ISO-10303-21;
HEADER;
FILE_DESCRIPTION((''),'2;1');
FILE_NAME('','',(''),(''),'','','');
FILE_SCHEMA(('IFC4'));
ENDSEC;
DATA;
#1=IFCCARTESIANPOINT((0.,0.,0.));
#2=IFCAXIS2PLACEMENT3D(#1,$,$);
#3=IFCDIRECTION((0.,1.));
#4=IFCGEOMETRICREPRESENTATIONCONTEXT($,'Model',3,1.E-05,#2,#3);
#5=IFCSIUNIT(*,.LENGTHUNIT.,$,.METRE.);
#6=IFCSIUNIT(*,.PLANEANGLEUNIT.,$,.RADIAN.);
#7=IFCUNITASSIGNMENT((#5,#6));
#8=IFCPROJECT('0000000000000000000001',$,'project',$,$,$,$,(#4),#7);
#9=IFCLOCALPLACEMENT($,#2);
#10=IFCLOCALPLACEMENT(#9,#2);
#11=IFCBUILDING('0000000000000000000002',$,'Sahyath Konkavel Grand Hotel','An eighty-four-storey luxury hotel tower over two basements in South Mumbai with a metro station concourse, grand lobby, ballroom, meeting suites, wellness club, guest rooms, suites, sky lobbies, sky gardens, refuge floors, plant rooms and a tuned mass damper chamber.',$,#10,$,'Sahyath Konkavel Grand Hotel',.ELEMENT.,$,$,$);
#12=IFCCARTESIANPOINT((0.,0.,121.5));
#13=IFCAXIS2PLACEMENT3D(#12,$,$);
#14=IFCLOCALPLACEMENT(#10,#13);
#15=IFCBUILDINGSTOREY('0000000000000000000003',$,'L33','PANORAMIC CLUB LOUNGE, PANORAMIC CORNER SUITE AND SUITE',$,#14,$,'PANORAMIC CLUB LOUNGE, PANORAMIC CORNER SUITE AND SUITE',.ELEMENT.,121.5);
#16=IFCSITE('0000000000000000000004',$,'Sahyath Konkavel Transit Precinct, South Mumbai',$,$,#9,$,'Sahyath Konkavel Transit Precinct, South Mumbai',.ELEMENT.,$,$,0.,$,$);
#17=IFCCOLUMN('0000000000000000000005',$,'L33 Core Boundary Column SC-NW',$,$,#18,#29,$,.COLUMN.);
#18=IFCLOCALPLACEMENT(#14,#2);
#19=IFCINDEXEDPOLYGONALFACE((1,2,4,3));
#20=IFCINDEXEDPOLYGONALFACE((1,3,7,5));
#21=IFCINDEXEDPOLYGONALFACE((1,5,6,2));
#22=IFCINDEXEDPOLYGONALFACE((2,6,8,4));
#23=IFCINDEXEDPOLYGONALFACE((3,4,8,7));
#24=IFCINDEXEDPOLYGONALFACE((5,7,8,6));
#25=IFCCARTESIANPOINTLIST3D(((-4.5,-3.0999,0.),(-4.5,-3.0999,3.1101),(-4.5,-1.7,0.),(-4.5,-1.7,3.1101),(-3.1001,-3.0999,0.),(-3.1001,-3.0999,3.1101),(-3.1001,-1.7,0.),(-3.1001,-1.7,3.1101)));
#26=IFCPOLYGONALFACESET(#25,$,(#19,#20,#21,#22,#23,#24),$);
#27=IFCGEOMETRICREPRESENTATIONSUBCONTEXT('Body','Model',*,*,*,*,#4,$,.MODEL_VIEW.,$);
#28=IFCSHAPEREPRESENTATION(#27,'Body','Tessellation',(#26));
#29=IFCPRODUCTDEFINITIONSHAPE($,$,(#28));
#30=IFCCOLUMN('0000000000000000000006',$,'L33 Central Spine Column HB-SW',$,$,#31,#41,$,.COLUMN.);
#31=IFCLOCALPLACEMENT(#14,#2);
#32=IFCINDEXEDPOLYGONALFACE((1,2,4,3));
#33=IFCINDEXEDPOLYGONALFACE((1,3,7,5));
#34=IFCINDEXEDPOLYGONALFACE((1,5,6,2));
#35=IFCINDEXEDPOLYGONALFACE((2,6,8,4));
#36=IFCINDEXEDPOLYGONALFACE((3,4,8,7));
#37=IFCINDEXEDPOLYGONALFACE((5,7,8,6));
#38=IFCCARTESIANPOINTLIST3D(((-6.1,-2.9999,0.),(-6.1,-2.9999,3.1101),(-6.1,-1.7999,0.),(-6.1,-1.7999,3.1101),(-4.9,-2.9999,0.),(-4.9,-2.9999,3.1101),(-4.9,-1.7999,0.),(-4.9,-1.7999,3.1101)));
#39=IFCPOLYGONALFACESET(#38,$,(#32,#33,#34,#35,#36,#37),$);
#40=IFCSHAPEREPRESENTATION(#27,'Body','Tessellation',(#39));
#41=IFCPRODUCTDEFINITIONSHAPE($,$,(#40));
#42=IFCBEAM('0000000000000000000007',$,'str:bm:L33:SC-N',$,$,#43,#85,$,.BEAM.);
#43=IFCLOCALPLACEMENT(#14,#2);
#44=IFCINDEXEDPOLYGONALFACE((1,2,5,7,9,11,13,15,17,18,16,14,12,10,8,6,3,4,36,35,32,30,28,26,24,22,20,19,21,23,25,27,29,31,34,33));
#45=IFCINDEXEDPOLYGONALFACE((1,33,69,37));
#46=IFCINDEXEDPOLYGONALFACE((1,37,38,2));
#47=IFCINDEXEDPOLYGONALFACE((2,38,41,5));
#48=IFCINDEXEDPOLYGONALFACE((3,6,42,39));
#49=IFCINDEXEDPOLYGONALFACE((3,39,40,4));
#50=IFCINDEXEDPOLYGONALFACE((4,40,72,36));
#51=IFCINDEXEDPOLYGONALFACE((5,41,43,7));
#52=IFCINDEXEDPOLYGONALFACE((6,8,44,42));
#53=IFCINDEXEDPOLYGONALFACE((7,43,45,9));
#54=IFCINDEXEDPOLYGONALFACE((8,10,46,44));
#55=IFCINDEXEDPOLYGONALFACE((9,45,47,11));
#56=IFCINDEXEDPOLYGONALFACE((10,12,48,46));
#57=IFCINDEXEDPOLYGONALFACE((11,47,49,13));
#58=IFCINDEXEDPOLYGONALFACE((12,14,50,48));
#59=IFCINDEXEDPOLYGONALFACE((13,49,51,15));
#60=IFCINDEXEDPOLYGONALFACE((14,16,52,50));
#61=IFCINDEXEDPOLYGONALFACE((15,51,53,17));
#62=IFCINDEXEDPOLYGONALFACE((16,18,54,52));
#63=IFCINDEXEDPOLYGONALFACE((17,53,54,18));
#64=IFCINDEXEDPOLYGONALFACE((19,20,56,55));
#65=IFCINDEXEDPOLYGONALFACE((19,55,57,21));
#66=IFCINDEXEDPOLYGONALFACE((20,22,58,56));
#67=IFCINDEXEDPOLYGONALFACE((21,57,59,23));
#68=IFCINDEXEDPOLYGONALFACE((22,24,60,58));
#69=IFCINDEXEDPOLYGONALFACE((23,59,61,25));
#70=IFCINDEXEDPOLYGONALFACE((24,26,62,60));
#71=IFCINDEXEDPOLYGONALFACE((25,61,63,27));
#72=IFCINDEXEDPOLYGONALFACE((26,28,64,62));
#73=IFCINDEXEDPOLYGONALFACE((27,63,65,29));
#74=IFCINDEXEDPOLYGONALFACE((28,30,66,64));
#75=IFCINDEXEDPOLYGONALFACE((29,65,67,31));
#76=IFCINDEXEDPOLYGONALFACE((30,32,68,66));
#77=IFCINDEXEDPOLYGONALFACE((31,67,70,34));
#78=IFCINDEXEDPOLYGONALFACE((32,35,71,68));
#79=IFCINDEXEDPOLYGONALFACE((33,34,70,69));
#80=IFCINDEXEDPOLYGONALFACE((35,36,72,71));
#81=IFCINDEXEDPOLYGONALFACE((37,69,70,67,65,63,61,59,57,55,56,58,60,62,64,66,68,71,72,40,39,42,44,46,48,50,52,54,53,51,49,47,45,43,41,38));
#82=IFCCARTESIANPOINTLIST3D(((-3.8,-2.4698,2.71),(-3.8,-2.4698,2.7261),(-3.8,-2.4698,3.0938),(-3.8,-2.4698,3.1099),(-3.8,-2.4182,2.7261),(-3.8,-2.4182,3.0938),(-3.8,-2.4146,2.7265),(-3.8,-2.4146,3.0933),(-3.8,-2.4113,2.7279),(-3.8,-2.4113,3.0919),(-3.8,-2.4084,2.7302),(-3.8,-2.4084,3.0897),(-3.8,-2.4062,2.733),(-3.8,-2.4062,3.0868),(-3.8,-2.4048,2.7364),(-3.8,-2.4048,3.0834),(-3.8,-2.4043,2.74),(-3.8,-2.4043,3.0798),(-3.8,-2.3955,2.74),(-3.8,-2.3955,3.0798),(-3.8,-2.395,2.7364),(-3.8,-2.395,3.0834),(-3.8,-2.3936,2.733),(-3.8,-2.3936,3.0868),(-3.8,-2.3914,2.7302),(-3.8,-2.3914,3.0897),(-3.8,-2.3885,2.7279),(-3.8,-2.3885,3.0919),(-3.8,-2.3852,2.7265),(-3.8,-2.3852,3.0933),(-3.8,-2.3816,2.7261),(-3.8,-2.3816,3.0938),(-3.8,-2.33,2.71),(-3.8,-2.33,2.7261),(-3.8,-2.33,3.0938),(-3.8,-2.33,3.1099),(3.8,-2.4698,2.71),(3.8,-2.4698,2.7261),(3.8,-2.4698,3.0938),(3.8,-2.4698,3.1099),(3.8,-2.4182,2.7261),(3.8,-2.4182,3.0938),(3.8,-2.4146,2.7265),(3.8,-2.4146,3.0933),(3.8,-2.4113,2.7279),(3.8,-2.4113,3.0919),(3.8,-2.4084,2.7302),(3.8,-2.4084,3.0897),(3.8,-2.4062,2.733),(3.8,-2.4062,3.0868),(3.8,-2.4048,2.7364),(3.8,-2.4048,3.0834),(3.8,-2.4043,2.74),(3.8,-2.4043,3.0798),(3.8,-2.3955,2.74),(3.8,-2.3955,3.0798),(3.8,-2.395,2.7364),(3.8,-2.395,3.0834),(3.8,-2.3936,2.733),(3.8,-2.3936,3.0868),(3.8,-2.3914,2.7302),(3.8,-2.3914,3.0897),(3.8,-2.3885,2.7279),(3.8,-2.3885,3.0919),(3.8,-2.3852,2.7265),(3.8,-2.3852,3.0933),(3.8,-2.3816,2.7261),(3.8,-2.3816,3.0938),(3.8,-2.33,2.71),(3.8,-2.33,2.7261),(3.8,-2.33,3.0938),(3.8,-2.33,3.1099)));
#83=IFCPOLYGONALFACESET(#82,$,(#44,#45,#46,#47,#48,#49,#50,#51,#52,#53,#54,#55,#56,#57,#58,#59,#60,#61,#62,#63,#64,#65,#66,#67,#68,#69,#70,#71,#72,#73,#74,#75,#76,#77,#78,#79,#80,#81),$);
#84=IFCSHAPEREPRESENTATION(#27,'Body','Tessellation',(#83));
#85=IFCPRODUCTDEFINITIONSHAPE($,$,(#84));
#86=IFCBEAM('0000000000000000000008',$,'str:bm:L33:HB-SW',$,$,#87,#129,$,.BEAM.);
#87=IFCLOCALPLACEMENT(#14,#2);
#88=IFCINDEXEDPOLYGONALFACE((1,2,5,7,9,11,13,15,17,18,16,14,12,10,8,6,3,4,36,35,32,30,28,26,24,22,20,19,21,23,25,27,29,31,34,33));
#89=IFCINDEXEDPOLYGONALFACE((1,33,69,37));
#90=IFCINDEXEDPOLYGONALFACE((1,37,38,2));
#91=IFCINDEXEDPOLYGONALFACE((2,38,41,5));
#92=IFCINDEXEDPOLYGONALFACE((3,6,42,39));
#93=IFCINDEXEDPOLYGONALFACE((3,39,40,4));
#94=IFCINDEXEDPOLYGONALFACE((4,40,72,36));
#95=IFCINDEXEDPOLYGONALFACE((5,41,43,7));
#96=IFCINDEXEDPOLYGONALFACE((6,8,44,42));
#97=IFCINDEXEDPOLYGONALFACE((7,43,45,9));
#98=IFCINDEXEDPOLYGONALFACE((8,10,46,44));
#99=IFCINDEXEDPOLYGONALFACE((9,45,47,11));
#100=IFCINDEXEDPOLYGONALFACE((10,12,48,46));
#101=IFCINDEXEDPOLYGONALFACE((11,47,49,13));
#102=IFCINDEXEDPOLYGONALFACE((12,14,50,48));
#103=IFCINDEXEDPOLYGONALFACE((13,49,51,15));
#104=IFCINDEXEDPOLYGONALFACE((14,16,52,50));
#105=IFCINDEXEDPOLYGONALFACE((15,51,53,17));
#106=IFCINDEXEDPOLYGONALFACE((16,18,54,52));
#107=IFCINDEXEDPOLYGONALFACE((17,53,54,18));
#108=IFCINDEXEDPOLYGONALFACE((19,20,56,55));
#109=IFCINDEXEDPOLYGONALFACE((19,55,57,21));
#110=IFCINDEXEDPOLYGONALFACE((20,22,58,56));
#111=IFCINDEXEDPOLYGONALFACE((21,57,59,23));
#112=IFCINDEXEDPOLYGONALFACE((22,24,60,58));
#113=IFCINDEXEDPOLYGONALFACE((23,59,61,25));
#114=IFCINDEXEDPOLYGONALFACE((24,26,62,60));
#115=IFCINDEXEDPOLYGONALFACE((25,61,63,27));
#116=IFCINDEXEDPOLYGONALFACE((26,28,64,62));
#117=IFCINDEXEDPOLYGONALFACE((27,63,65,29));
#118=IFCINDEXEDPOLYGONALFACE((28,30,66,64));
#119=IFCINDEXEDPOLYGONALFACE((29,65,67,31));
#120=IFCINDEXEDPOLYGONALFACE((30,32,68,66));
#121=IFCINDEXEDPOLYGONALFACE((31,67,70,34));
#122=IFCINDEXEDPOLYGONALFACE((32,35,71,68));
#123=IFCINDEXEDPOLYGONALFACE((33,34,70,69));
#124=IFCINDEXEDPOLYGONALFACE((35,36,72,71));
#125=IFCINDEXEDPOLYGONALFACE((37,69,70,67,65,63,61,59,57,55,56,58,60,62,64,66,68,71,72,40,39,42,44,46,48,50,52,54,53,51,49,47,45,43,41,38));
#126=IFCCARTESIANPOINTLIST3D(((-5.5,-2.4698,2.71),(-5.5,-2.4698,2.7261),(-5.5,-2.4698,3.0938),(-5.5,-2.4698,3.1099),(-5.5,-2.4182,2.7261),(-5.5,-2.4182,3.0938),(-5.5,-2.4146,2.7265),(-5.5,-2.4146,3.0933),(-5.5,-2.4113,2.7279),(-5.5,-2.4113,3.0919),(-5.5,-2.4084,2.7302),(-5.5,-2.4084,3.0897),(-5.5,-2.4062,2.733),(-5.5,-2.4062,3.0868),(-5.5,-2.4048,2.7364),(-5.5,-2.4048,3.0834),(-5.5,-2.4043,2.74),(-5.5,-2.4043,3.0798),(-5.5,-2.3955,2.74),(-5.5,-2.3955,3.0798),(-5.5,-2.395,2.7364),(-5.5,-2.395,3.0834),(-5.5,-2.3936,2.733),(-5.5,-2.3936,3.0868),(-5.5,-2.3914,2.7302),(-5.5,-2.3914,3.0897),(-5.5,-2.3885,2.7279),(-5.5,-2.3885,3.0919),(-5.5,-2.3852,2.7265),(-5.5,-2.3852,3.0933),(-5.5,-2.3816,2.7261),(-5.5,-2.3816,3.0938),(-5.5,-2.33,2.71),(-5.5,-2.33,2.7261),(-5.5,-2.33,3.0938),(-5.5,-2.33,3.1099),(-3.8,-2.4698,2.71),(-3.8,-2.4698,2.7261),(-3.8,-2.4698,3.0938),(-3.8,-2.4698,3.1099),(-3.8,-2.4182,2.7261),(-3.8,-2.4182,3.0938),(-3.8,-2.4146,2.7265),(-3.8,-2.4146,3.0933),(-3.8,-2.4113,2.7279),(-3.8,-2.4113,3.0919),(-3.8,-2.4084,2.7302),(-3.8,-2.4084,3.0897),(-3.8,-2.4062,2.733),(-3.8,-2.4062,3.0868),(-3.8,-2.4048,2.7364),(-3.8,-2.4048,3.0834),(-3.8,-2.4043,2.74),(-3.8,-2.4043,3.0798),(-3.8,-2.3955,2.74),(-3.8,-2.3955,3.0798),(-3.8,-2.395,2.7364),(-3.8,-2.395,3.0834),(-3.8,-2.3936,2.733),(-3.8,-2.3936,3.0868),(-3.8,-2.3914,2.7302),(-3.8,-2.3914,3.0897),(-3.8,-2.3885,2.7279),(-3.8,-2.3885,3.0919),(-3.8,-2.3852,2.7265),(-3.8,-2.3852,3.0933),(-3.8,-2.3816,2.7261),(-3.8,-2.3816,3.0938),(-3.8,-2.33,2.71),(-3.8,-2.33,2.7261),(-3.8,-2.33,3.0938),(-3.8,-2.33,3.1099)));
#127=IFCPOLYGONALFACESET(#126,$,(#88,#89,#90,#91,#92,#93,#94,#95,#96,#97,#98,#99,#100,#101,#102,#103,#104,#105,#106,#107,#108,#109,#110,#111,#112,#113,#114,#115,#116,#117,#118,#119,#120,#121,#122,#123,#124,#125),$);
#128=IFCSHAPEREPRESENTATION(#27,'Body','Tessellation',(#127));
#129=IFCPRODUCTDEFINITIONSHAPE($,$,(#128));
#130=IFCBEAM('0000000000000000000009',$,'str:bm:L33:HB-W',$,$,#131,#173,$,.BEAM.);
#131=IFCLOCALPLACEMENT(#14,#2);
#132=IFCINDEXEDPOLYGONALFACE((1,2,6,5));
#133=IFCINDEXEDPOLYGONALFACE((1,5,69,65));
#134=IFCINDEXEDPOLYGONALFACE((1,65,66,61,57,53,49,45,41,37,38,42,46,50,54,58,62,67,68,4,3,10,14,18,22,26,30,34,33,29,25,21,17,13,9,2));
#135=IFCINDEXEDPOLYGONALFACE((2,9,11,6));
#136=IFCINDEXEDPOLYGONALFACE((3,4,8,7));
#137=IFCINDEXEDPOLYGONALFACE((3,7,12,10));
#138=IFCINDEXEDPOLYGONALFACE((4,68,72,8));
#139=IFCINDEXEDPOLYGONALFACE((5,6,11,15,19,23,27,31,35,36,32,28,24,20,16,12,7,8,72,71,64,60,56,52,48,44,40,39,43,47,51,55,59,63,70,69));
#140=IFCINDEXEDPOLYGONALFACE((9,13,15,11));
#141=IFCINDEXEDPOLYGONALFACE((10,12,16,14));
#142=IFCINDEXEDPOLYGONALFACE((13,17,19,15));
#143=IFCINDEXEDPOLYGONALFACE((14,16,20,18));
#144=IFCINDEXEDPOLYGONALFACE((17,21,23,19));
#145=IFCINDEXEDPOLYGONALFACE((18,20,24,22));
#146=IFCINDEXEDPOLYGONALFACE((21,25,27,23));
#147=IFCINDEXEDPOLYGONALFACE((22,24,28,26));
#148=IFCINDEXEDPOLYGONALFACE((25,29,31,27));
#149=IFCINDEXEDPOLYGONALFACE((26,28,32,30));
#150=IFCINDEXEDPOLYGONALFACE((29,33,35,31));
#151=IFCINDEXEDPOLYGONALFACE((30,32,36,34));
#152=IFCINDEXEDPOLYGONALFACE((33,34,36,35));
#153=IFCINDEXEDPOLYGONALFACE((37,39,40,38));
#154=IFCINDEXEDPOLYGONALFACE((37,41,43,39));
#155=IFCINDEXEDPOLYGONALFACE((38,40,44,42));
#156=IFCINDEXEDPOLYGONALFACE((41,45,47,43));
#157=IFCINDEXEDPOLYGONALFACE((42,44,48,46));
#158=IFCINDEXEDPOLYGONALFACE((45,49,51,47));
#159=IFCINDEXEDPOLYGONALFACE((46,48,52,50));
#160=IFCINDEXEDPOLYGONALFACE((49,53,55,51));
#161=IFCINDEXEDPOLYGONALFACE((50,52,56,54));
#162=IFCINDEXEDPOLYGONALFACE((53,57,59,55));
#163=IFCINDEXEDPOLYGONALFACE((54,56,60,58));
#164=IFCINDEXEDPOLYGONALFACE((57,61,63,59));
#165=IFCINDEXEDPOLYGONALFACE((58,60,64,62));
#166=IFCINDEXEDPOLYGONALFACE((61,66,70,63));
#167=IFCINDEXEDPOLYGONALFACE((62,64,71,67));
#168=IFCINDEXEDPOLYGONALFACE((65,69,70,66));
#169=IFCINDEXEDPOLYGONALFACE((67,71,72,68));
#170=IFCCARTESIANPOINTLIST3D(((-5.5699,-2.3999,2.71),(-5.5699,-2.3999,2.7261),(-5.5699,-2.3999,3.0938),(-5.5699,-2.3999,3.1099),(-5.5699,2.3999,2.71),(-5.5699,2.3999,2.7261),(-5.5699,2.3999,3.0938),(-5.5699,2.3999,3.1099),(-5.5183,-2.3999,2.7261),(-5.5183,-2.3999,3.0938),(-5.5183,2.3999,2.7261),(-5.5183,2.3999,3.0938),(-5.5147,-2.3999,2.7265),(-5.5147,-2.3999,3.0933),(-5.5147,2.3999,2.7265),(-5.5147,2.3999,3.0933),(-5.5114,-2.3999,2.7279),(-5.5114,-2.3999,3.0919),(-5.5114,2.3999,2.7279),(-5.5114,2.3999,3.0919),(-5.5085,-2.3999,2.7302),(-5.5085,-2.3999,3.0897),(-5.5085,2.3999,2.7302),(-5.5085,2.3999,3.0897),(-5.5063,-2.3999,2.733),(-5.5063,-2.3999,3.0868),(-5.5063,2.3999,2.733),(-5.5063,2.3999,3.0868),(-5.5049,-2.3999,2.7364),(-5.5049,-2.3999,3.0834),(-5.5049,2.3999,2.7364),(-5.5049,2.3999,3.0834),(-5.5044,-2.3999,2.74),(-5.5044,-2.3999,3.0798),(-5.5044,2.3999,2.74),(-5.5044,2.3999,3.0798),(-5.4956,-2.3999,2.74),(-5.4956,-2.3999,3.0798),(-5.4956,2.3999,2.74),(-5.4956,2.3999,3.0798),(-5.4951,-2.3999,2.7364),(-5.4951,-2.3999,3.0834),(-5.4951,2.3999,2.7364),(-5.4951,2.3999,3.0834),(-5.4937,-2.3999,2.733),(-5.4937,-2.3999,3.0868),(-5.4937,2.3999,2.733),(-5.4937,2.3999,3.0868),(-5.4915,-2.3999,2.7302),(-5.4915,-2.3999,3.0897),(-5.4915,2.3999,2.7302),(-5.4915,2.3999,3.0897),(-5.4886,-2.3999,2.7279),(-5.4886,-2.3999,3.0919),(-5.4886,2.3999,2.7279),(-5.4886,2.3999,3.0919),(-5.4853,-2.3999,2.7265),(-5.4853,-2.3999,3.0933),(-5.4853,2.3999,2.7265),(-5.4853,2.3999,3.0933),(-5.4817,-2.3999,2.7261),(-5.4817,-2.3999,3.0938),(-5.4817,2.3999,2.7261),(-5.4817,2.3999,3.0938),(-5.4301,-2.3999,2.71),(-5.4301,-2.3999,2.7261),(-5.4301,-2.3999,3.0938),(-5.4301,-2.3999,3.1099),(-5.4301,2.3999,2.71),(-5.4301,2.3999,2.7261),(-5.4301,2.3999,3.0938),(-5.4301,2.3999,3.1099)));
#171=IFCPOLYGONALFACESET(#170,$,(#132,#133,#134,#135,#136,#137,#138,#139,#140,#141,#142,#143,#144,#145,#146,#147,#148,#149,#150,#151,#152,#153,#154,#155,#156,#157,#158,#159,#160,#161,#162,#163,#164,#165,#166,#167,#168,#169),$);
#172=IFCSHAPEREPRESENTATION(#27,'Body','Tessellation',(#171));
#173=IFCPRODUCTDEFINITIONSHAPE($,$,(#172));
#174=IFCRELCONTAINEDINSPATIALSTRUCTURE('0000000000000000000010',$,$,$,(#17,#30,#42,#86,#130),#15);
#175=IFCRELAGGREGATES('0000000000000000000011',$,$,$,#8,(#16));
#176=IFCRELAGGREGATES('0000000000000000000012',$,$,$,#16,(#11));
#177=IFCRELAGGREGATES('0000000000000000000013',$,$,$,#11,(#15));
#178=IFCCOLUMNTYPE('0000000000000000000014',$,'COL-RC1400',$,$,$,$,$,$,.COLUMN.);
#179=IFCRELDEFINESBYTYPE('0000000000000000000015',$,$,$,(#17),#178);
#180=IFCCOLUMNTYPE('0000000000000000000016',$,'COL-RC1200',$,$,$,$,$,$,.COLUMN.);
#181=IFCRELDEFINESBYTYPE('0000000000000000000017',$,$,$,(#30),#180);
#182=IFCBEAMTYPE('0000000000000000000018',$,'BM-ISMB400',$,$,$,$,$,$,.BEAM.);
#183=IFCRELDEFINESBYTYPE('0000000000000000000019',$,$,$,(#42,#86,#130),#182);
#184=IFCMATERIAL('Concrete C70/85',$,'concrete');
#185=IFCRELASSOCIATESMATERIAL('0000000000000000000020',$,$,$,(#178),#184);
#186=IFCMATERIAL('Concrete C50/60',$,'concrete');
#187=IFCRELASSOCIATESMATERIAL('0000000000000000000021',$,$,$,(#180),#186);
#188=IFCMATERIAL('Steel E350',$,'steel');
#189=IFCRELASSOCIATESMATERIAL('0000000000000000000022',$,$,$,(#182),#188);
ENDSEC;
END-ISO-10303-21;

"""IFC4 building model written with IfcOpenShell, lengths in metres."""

from ifc_helpers import new_model, si_unit, direction, frame, origin, origin_2d, place, context, subcontext, project, spatial, rectangle, i_section, extrude, source, transform, mapped, material, material_profile, profile_set, type_object, element, save


model = new_model("IFC4")

# Units and contexts
model_context = context("Model", 3, precision=1e-05, world=origin(), true_north=direction((0.0, 1.0)))
body_context = subcontext(model_context, "Body", "Model", "MODEL_VIEW")
ifc_project = project(units=[si_unit("LENGTHUNIT", "METRE"), si_unit("PLANEANGLEUNIT", "RADIAN")], contexts=[model_context])

# Site, building, storey
site_placement = place(None, origin())
site = spatial("IfcSite", under=ifc_project, at=site_placement, Name="Sahyath Konkavel Transit Precinct, South Mumbai", LongName="Sahyath Konkavel Transit Precinct, South Mumbai", CompositionType="ELEMENT", RefElevation=0.0)
building_placement = place(site_placement, origin())
building = spatial("IfcBuilding", under=site, at=building_placement, Name="Sahyath Konkavel Grand Hotel", Description="An eighty-four-storey luxury hotel tower over two basements in South Mumbai with a metro station concourse, grand lobby, ballroom, meeting suites, wellness club, guest rooms, suites, sky lobbies, sky gardens, refuge floors, plant rooms and a tuned mass damper chamber.", LongName="Sahyath Konkavel Grand Hotel", CompositionType="ELEMENT")
storey_placement = place(building_placement, frame((0.0, 0.0, 121.5)))
storey = spatial("IfcBuildingStorey", under=building, at=storey_placement, Name="L33", Description="PANORAMIC CLUB LOUNGE, PANORAMIC CORNER SUITE AND SUITE", LongName="PANORAMIC CLUB LOUNGE, PANORAMIC CORNER SUITE AND SUITE", CompositionType="ELEMENT", Elevation=121.5)

# Columns
ifc_material_1 = material(Name="Concrete C70/85", Category="concrete")
ifc_material_profile_1 = material_profile(ifc_material_1, rectangle(XDim=1.3999, YDim=1.3999, at=origin_2d()), Name="RC 1400x1400")
ifc_profile_set_1 = profile_set([ifc_material_profile_1], Name="Concrete C70/85")
column_type_1 = type_object("IfcColumnType", Name="COL-RC1400", PredefinedType="COLUMN", material=ifc_profile_set_1)
shared_shape_1 = source(origin(), body_context, "Body", "SweptSolid", [
    extrude(rectangle(XDim=1.3999, YDim=1.3999, at=origin_2d()), origin(), (0.0, 0.0, 1.0), 3.1101),
])
column_1_placement = place(storey_placement, frame((-3.8, -2.3999, 0.0), z_axis=(0.0, 0.0, 1.0), x_axis=(1.0, 0.0, 0.0)))
element("IfcColumn", 1, at=column_1_placement, inside=storey, type_object=column_type_1, Name="L33 Core Boundary Column SC-NW", PredefinedType="COLUMN", context=body_context, shape_type="MappedRepresentation", body=[
    mapped(shared_shape_1, transform((0.0, 0.0, 0.0), scale=1.0)),
])
ifc_material_2 = material(Name="Concrete C50/60", Category="concrete")
ifc_material_profile_2 = material_profile(ifc_material_2, rectangle(XDim=1.2, YDim=1.2, at=origin_2d()), Name="RC 1200x1200")
ifc_profile_set_2 = profile_set([ifc_material_profile_2], Name="Concrete C50/60")
column_type_2 = type_object("IfcColumnType", Name="COL-RC1200", PredefinedType="COLUMN", material=ifc_profile_set_2)
shared_shape_2 = source(origin(), body_context, "Body", "SweptSolid", [
    extrude(rectangle(XDim=1.2, YDim=1.2, at=origin_2d()), origin(), (0.0, 0.0, 1.0), 3.1101),
])
column_2_placement = place(storey_placement, frame((-5.5, -2.3999, 0.0), z_axis=(0.0, 0.0, 1.0), x_axis=(1.0, 0.0, 0.0)))
element("IfcColumn", 2, at=column_2_placement, inside=storey, type_object=column_type_2, Name="L33 Central Spine Column HB-SW", PredefinedType="COLUMN", context=body_context, shape_type="MappedRepresentation", body=[
    mapped(shared_shape_2, transform((0.0, 0.0, 0.0), scale=1.0)),
])

# Beams
ifc_material_3 = material(Name="Steel E350", Category="steel")
ifc_material_profile_3 = material_profile(ifc_material_3, i_section(OverallWidth=0.1399, OverallDepth=0.3999, WebThickness=0.0088, FlangeThickness=0.0161, FilletRadius=0.0139, at=origin_2d()), Name="ISMB 400")
ifc_profile_set_3 = profile_set([ifc_material_profile_3], Name="Steel E350")
beam_type_1 = type_object("IfcBeamType", Name="BM-ISMB400", PredefinedType="BEAM", material=ifc_profile_set_3)
shared_shape_3 = source(origin(), body_context, "Body", "SweptSolid", [
    extrude(i_section(OverallWidth=0.1399, OverallDepth=0.3999, WebThickness=0.0088, FlangeThickness=0.0161, FilletRadius=0.0139, at=origin_2d()), origin(), (0.0, 0.0, 1.0), 7.6001),
])
beam_1_placement = place(storey_placement, frame((-3.8, -2.3999, 2.9099), z_axis=(1.0, 0.0, 0.0), x_axis=(0.0, 1.0, 0.0)))
element("IfcBeam", 3, at=beam_1_placement, inside=storey, type_object=beam_type_1, Name="str:bm:L33:SC-N", PredefinedType="BEAM", context=body_context, shape_type="MappedRepresentation", body=[
    mapped(shared_shape_3, transform((0.0, 0.0, 0.0), scale=1.0)),
])
shared_shape_4 = source(origin(), body_context, "Body", "SweptSolid", [
    extrude(i_section(OverallWidth=0.1399, OverallDepth=0.3999, WebThickness=0.0088, FlangeThickness=0.0161, FilletRadius=0.0139, at=origin_2d()), origin(), (0.0, 0.0, 1.0), 1.7),
])
beam_2_placement = place(storey_placement, frame((-5.5, -2.3999, 2.9099), z_axis=(1.0, 0.0, 0.0), x_axis=(0.0, 1.0, 0.0)))
element("IfcBeam", 4, at=beam_2_placement, inside=storey, type_object=beam_type_1, Name="str:bm:L33:HB-SW", PredefinedType="BEAM", context=body_context, shape_type="MappedRepresentation", body=[
    mapped(shared_shape_4, transform((0.0, 0.0, 0.0), scale=1.0)),
])
shared_shape_5 = source(origin(), body_context, "Body", "SweptSolid", [
    extrude(i_section(OverallWidth=0.1399, OverallDepth=0.3999, WebThickness=0.0088, FlangeThickness=0.0161, FilletRadius=0.0139, at=origin_2d()), origin(), (0.0, 0.0, 1.0), 4.7998),
])
beam_3_placement = place(storey_placement, frame((-5.5, -2.3999, 2.9099), z_axis=(0.0, 1.0, 0.0), x_axis=(-1.0, 0.0, 0.0)))
element("IfcBeam", 5, at=beam_3_placement, inside=storey, type_object=beam_type_1, Name="str:bm:L33:HB-W", PredefinedType="BEAM", context=body_context, shape_type="MappedRepresentation", body=[
    mapped(shared_shape_5, transform((0.0, 0.0, 0.0), scale=1.0)),
])

save(model, "model.ifc")
